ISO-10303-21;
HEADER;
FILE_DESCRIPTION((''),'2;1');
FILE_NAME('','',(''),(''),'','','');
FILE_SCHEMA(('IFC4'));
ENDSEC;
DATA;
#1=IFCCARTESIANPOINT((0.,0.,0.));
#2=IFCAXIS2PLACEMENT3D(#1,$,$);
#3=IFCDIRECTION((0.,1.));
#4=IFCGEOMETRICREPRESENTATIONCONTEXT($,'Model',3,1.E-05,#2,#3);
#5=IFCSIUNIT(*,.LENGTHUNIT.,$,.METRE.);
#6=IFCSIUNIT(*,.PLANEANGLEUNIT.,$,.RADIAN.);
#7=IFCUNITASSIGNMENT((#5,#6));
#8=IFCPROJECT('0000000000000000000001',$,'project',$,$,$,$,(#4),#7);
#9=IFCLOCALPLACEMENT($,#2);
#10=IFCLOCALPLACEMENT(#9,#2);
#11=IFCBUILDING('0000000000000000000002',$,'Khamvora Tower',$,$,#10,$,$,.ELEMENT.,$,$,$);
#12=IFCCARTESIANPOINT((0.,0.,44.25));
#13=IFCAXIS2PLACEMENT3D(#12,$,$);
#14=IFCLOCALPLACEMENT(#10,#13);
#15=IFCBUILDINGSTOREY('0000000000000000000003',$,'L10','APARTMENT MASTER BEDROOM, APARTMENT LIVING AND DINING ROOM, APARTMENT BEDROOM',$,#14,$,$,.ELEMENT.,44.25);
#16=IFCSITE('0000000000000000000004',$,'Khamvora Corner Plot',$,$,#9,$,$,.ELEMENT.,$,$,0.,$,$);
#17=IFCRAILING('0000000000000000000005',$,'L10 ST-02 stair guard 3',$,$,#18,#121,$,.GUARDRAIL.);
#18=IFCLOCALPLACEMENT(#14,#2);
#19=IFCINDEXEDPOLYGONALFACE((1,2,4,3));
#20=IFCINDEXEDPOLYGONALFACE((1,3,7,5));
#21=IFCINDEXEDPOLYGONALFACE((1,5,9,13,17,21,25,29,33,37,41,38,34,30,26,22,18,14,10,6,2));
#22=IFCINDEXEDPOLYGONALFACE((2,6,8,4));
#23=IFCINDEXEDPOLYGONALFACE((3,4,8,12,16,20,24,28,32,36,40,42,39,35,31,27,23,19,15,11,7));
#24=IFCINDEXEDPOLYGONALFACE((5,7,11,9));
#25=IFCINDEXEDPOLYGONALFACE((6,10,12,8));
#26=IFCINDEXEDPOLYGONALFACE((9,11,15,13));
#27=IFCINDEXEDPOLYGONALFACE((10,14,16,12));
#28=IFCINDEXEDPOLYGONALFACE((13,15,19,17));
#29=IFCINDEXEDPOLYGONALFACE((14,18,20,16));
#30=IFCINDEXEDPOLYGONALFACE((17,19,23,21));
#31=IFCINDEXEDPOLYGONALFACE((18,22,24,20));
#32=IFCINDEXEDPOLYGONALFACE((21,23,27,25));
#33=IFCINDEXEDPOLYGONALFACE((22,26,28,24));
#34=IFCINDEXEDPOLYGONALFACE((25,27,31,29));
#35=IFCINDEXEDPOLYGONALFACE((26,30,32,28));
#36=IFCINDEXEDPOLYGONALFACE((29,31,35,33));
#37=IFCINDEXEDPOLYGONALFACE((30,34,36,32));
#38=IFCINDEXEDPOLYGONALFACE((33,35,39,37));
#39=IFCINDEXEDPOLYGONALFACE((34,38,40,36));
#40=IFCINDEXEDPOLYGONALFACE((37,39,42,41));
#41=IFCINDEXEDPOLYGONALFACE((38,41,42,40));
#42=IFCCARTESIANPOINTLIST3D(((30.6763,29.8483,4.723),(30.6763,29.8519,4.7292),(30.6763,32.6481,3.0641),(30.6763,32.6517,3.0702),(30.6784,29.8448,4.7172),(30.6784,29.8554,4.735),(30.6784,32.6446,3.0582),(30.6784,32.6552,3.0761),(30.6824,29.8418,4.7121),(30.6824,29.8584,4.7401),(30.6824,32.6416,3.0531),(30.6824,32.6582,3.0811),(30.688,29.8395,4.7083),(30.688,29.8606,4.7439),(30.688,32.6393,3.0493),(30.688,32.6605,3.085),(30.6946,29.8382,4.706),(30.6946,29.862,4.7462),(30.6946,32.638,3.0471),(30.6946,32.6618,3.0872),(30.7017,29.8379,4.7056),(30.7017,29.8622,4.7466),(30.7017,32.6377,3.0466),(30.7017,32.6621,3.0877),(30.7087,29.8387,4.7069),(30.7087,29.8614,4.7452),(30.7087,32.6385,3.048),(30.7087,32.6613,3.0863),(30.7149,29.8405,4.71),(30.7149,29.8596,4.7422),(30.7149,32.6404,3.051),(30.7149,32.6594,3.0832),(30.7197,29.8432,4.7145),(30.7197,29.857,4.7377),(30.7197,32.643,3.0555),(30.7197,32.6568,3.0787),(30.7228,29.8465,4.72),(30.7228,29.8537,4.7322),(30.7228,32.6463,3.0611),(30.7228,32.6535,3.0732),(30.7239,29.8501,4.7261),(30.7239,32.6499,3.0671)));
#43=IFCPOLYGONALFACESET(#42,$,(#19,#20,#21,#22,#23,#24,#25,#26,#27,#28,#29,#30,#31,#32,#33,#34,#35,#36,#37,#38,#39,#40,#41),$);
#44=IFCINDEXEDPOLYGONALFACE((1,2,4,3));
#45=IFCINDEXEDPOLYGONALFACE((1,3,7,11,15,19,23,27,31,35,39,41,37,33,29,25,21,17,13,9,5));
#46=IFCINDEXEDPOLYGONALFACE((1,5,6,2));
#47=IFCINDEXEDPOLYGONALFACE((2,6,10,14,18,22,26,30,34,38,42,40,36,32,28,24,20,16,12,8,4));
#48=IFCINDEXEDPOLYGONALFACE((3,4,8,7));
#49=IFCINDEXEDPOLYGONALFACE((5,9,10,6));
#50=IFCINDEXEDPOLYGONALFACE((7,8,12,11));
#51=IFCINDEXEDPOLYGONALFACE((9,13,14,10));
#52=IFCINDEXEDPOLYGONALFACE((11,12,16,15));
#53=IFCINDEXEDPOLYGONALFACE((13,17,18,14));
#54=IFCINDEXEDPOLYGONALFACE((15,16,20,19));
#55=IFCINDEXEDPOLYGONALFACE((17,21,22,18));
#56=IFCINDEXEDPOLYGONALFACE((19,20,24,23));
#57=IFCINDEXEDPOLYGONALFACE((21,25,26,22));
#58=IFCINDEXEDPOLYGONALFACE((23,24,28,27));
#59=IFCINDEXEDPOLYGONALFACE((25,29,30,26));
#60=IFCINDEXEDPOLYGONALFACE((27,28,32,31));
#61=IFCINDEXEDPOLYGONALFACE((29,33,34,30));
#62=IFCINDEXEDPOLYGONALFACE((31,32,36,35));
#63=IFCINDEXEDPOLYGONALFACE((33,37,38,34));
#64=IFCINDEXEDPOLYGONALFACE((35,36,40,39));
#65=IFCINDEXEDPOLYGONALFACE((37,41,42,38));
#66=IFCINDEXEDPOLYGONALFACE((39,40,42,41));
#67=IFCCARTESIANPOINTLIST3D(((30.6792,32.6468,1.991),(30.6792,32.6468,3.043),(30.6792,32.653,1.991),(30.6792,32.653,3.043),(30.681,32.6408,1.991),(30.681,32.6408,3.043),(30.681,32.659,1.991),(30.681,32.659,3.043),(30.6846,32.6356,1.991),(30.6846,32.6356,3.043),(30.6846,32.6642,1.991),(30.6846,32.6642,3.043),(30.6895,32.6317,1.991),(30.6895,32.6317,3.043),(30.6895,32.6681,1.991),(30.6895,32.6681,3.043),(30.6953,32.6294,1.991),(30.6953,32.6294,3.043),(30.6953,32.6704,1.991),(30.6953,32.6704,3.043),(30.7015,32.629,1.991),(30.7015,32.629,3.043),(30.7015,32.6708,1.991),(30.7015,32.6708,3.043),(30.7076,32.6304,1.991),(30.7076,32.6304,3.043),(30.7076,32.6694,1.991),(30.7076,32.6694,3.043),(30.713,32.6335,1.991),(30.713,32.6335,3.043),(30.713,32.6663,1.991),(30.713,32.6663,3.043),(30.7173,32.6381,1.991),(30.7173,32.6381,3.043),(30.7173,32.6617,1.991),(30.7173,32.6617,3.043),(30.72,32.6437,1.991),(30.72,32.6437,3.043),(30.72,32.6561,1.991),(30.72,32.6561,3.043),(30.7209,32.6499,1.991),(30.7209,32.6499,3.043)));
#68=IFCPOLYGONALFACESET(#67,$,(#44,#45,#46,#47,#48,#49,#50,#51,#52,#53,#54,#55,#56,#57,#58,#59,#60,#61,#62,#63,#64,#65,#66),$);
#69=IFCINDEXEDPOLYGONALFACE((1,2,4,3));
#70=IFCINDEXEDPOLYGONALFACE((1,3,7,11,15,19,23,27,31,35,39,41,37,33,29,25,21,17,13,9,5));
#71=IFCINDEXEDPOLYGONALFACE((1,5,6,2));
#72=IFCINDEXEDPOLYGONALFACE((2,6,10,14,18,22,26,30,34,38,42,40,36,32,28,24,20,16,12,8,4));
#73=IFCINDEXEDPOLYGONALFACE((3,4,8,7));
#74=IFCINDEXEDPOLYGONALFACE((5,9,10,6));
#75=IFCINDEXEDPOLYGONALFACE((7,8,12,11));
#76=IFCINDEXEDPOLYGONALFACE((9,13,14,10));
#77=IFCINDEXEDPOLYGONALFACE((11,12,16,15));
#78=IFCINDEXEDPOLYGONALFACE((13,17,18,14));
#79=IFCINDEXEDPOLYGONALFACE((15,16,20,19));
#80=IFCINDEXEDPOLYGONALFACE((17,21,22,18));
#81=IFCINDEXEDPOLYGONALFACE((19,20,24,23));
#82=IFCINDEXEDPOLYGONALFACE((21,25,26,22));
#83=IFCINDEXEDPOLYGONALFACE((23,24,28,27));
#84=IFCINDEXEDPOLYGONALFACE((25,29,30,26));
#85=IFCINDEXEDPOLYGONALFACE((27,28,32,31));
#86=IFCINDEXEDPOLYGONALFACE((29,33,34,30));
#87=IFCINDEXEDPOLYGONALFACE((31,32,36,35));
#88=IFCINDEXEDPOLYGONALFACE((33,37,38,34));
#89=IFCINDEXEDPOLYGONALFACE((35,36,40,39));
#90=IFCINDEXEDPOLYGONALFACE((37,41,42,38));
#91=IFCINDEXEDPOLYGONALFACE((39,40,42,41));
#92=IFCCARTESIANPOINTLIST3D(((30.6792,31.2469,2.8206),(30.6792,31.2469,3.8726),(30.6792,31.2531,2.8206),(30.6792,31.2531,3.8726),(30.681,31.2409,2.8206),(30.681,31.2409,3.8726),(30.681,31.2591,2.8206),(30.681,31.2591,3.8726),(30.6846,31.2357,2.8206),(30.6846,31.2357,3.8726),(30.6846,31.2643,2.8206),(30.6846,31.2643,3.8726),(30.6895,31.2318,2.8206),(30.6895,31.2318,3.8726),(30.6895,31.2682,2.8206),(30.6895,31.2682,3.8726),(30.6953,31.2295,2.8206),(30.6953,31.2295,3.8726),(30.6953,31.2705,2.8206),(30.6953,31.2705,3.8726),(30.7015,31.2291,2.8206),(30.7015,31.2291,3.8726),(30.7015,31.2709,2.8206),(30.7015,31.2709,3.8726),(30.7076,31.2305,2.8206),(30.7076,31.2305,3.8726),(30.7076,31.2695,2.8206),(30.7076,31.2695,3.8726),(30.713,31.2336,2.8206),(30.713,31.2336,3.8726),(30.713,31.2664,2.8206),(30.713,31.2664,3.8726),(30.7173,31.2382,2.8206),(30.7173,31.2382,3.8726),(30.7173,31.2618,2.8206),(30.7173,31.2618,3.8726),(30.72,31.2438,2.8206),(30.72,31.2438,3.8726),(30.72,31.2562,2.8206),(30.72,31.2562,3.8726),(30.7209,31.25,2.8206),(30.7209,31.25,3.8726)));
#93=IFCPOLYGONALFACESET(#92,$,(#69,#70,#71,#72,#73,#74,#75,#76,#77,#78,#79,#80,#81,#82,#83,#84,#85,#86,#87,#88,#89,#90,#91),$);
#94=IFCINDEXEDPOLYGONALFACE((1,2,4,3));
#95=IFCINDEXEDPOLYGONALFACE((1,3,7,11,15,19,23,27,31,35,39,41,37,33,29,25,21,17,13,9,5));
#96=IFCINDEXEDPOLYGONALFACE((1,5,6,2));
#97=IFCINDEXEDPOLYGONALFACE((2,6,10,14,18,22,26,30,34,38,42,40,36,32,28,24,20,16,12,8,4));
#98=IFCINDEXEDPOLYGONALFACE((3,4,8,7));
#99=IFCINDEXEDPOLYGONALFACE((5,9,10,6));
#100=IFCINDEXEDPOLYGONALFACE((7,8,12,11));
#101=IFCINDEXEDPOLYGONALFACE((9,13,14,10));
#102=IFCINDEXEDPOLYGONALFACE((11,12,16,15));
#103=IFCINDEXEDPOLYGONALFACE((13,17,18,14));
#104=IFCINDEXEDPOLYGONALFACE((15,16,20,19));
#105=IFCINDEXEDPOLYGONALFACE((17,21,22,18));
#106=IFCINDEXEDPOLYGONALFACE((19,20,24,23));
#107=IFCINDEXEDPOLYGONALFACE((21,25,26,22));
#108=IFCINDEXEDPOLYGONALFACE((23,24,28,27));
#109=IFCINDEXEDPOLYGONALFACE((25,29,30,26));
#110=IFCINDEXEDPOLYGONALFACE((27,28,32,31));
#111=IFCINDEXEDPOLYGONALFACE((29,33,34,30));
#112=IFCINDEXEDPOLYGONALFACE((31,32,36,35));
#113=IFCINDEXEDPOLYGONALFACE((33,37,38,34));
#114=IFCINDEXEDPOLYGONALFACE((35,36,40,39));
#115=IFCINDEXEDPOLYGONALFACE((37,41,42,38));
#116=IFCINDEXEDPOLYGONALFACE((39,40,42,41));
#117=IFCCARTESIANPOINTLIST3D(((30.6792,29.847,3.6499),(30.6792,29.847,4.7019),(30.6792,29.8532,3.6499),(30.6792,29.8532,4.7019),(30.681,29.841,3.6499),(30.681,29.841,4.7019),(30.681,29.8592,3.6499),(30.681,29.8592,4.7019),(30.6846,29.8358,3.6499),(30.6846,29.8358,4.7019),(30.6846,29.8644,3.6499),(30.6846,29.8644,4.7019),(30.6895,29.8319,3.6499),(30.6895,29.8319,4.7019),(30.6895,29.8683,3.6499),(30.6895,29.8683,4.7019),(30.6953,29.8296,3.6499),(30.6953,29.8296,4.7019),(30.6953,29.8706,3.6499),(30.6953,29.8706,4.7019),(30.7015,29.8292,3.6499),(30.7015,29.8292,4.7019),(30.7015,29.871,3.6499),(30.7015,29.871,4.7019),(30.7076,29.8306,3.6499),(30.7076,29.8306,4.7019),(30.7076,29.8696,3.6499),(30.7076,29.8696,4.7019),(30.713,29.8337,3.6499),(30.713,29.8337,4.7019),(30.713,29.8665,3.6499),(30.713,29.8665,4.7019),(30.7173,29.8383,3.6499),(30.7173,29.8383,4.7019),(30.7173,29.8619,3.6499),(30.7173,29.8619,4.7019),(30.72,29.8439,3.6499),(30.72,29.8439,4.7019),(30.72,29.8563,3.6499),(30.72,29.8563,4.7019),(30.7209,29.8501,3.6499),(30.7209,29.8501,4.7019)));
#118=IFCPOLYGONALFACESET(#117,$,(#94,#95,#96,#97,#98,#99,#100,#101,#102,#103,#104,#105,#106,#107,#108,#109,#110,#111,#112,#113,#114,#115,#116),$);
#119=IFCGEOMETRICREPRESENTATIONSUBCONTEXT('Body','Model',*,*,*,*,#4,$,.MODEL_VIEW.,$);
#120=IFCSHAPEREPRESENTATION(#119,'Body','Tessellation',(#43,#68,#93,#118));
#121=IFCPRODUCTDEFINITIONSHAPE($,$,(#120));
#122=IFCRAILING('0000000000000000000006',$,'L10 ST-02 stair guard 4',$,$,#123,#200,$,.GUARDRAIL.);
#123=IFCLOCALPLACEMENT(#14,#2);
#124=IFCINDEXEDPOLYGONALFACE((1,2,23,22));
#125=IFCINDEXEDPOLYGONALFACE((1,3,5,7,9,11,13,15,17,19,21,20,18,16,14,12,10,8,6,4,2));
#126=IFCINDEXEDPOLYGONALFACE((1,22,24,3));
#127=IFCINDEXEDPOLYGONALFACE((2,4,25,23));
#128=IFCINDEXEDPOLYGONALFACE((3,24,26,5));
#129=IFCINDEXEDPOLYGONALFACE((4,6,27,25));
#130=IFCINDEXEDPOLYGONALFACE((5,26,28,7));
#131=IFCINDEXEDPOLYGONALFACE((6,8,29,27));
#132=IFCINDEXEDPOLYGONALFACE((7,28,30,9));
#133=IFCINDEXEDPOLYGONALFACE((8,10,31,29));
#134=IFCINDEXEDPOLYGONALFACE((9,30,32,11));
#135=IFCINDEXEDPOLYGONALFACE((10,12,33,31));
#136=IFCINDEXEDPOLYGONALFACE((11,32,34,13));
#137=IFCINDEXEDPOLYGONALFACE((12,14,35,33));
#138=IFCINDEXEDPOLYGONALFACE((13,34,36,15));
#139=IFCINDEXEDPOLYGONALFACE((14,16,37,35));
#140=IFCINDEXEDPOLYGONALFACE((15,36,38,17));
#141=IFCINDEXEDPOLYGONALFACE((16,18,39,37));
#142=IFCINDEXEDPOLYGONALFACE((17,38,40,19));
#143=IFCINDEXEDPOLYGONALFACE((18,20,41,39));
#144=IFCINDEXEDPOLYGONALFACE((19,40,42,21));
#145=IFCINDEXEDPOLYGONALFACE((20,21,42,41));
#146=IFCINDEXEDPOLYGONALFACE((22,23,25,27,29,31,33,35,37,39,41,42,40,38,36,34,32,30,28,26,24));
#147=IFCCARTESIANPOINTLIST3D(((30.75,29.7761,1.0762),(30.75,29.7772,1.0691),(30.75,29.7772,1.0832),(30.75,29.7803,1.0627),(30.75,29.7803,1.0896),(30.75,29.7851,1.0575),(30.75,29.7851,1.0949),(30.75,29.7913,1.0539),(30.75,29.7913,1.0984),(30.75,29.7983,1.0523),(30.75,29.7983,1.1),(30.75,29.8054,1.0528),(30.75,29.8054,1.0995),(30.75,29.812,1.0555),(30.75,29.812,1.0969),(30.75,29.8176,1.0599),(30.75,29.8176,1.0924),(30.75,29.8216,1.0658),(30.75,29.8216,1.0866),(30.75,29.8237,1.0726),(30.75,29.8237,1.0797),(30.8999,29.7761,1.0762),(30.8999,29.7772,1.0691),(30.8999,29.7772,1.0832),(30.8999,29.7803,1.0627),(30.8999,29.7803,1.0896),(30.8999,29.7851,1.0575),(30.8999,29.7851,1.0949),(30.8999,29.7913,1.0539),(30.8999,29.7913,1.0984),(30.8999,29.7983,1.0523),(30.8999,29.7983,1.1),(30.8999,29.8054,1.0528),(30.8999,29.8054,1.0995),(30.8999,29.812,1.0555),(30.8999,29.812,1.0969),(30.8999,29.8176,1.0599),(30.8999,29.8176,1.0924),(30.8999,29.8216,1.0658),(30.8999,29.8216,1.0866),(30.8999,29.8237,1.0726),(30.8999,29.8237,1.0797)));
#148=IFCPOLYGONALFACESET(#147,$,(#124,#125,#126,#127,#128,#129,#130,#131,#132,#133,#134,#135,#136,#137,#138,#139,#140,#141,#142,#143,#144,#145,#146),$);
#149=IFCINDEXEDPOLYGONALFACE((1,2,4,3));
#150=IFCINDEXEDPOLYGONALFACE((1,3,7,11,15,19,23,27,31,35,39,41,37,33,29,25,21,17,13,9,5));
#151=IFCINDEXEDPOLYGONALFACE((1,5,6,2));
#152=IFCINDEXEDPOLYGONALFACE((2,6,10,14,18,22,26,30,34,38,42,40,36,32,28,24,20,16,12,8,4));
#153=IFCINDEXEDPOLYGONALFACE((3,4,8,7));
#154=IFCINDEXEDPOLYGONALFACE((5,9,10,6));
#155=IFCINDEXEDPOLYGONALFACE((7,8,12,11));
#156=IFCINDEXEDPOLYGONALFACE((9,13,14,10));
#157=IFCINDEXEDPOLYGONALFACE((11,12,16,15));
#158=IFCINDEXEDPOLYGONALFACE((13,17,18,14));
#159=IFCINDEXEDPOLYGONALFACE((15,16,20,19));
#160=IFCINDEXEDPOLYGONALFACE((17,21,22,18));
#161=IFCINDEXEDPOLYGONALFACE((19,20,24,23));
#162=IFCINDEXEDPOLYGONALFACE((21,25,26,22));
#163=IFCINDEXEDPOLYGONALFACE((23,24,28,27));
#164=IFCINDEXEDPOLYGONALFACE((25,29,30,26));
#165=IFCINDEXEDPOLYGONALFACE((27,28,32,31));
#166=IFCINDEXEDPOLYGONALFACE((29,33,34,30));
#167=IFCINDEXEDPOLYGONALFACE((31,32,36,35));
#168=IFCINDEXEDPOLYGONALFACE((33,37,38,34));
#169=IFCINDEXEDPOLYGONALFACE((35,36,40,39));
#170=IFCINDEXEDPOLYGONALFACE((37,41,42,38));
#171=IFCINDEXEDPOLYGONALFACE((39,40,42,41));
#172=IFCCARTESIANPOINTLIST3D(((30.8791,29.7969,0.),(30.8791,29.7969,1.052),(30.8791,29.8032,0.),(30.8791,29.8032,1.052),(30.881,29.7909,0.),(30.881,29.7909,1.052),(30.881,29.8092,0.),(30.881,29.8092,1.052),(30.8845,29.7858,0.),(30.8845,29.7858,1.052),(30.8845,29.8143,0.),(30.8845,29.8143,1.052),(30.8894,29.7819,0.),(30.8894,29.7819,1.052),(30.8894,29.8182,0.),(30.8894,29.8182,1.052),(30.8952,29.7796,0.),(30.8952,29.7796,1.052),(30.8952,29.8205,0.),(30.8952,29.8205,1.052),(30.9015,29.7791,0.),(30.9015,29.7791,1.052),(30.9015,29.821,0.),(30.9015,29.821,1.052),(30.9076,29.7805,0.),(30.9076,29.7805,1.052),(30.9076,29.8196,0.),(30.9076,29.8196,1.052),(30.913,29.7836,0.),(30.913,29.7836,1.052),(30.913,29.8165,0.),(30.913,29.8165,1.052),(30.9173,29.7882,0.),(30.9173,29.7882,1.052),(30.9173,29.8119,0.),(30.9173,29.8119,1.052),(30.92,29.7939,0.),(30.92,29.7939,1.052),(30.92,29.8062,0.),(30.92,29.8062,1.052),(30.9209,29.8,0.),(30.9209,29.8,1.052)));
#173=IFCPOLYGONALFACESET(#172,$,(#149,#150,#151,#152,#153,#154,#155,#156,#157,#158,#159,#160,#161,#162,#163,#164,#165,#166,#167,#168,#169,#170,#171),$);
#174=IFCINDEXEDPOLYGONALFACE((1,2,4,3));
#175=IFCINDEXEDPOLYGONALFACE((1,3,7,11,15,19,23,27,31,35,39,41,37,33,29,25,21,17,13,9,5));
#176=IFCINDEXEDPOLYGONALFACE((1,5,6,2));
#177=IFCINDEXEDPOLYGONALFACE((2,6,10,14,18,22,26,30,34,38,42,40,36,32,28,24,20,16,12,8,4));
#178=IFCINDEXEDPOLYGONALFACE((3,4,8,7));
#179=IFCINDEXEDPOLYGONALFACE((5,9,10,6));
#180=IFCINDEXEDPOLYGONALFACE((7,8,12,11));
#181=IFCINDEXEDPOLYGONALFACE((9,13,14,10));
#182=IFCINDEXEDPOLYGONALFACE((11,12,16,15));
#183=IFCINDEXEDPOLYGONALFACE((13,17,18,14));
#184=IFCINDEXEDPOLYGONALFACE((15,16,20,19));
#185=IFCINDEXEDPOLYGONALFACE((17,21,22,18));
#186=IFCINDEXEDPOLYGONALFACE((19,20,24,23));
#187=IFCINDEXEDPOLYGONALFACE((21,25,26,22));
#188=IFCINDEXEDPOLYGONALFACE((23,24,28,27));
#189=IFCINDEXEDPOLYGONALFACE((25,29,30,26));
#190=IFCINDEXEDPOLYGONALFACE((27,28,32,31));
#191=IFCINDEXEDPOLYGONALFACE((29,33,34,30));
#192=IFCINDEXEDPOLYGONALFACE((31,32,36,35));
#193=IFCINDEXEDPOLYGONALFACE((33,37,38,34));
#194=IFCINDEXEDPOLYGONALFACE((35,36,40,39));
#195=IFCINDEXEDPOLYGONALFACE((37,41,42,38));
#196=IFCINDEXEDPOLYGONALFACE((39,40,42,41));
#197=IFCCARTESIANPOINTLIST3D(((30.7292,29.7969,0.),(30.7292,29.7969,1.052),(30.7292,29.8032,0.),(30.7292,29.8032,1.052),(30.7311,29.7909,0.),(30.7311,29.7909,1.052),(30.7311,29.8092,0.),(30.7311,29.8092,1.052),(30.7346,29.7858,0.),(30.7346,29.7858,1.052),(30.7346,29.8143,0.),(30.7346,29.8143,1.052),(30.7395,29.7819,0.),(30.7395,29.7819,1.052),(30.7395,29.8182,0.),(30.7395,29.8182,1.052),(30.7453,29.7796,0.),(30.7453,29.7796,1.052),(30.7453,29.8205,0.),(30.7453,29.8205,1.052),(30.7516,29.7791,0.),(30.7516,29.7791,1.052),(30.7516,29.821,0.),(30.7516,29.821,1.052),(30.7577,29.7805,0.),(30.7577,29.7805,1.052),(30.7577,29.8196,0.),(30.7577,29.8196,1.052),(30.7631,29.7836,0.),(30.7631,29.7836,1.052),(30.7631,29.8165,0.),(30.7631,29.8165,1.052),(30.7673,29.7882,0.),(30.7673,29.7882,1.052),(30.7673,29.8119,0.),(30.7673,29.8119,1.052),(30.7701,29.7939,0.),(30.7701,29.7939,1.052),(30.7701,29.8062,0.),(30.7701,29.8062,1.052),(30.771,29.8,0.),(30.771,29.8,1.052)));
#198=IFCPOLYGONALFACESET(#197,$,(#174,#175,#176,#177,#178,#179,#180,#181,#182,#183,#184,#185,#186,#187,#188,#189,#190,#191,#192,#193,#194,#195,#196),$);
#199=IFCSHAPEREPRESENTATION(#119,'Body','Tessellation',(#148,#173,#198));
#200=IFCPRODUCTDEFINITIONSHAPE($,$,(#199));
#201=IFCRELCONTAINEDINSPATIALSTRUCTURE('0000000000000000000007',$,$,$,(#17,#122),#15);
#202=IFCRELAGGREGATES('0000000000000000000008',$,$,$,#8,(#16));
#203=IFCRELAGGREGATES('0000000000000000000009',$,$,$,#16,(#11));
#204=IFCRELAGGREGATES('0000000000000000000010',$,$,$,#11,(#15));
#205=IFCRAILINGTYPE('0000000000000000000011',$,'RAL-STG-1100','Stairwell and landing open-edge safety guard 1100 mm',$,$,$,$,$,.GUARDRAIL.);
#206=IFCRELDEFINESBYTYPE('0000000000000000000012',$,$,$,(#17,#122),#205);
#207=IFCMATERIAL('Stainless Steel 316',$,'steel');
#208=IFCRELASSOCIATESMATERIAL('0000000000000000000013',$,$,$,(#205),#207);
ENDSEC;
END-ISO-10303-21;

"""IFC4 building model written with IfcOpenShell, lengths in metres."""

from ifc_helpers import new_model, si_unit, direction, frame, origin, origin_2d, place, context, subcontext, project, spatial, circle, extrude, material, type_object, element, save


model = new_model("IFC4")

# Units and contexts
model_context = context("Model", 3, precision=1e-05, world=origin(), true_north=direction((0.0, 1.0)))
body_context = subcontext(model_context, "Body", "Model", "MODEL_VIEW")
ifc_project = project(units=[si_unit("LENGTHUNIT", "METRE"), si_unit("PLANEANGLEUNIT", "RADIAN")], contexts=[model_context])

# Site, building, storey
site_placement = place(None, origin())
site = spatial("IfcSite", under=ifc_project, at=site_placement, Name="Khamvora Corner Plot", CompositionType="ELEMENT", RefElevation=0.0)
building_placement = place(site_placement, origin())
building = spatial("IfcBuilding", under=site, at=building_placement, Name="Khamvora Tower", CompositionType="ELEMENT")
storey_placement = place(building_placement, frame((0.0, 0.0, 44.25)))
storey = spatial("IfcBuildingStorey", under=building, at=storey_placement, Name="L10", Description="APARTMENT MASTER BEDROOM, APARTMENT LIVING AND DINING ROOM, APARTMENT BEDROOM", CompositionType="ELEMENT", Elevation=44.25)

# Railings
ifc_material_1 = material(Name="Stainless Steel 316", Category="steel")
railing_type_1 = type_object("IfcRailingType", Name="RAL-STG-1100", Description="Stairwell and landing open-edge safety guard 1100 mm", PredefinedType="GUARDRAIL", material=ifc_material_1)
railing_1_placement = place(storey_placement, frame((30.7, 32.6499, 1.991)))
element("IfcRailing", 1, at=railing_1_placement, inside=storey, type_object=railing_type_1, Name="L10 ST-02 stair guard 3", PredefinedType="GUARDRAIL", context=body_context, shape_type="SweptSolid", body=[
    extrude(circle(Radius=0.0239, at=origin_2d()), frame((0.0, 0.0, 1.0762), z_axis=(0.0, -0.86032, 0.509755), x_axis=(1.0, 0.0, 0.0)), (0.0, 0.0, 1.0), 3.2544),
    extrude(circle(Radius=0.021, at=origin_2d()), origin(), (0.0, 0.0, 1.0), 1.052),
    extrude(circle(Radius=0.021, at=origin_2d()), frame((0.0, -1.3999, 0.8296)), (0.0, 0.0, 1.0), 1.052),
    extrude(circle(Radius=0.021, at=origin_2d()), frame((0.0, -2.7998, 1.6589)), (0.0, 0.0, 1.0), 1.052),
])
railing_2_placement = place(storey_placement, frame((30.8999, 29.8, 0.0)))
element("IfcRailing", 2, at=railing_2_placement, inside=storey, type_object=railing_type_1, Name="L10 ST-02 stair guard 4", PredefinedType="GUARDRAIL", context=body_context, shape_type="SweptSolid", body=[
    extrude(circle(Radius=0.0239, at=origin_2d()), frame((0.0, 0.0, 1.0762), z_axis=(-1.0, 0.0, 0.0), x_axis=(0.0, -1.0, 0.0)), (0.0, 0.0, 1.0), 0.1499),
    extrude(circle(Radius=0.021, at=origin_2d()), origin(), (0.0, 0.0, 1.0), 1.052),
    extrude(circle(Radius=0.021, at=origin_2d()), frame((-0.1499, 0.0, 0.0)), (0.0, 0.0, 1.0), 1.052),
])

save(model, "model.ifc")
